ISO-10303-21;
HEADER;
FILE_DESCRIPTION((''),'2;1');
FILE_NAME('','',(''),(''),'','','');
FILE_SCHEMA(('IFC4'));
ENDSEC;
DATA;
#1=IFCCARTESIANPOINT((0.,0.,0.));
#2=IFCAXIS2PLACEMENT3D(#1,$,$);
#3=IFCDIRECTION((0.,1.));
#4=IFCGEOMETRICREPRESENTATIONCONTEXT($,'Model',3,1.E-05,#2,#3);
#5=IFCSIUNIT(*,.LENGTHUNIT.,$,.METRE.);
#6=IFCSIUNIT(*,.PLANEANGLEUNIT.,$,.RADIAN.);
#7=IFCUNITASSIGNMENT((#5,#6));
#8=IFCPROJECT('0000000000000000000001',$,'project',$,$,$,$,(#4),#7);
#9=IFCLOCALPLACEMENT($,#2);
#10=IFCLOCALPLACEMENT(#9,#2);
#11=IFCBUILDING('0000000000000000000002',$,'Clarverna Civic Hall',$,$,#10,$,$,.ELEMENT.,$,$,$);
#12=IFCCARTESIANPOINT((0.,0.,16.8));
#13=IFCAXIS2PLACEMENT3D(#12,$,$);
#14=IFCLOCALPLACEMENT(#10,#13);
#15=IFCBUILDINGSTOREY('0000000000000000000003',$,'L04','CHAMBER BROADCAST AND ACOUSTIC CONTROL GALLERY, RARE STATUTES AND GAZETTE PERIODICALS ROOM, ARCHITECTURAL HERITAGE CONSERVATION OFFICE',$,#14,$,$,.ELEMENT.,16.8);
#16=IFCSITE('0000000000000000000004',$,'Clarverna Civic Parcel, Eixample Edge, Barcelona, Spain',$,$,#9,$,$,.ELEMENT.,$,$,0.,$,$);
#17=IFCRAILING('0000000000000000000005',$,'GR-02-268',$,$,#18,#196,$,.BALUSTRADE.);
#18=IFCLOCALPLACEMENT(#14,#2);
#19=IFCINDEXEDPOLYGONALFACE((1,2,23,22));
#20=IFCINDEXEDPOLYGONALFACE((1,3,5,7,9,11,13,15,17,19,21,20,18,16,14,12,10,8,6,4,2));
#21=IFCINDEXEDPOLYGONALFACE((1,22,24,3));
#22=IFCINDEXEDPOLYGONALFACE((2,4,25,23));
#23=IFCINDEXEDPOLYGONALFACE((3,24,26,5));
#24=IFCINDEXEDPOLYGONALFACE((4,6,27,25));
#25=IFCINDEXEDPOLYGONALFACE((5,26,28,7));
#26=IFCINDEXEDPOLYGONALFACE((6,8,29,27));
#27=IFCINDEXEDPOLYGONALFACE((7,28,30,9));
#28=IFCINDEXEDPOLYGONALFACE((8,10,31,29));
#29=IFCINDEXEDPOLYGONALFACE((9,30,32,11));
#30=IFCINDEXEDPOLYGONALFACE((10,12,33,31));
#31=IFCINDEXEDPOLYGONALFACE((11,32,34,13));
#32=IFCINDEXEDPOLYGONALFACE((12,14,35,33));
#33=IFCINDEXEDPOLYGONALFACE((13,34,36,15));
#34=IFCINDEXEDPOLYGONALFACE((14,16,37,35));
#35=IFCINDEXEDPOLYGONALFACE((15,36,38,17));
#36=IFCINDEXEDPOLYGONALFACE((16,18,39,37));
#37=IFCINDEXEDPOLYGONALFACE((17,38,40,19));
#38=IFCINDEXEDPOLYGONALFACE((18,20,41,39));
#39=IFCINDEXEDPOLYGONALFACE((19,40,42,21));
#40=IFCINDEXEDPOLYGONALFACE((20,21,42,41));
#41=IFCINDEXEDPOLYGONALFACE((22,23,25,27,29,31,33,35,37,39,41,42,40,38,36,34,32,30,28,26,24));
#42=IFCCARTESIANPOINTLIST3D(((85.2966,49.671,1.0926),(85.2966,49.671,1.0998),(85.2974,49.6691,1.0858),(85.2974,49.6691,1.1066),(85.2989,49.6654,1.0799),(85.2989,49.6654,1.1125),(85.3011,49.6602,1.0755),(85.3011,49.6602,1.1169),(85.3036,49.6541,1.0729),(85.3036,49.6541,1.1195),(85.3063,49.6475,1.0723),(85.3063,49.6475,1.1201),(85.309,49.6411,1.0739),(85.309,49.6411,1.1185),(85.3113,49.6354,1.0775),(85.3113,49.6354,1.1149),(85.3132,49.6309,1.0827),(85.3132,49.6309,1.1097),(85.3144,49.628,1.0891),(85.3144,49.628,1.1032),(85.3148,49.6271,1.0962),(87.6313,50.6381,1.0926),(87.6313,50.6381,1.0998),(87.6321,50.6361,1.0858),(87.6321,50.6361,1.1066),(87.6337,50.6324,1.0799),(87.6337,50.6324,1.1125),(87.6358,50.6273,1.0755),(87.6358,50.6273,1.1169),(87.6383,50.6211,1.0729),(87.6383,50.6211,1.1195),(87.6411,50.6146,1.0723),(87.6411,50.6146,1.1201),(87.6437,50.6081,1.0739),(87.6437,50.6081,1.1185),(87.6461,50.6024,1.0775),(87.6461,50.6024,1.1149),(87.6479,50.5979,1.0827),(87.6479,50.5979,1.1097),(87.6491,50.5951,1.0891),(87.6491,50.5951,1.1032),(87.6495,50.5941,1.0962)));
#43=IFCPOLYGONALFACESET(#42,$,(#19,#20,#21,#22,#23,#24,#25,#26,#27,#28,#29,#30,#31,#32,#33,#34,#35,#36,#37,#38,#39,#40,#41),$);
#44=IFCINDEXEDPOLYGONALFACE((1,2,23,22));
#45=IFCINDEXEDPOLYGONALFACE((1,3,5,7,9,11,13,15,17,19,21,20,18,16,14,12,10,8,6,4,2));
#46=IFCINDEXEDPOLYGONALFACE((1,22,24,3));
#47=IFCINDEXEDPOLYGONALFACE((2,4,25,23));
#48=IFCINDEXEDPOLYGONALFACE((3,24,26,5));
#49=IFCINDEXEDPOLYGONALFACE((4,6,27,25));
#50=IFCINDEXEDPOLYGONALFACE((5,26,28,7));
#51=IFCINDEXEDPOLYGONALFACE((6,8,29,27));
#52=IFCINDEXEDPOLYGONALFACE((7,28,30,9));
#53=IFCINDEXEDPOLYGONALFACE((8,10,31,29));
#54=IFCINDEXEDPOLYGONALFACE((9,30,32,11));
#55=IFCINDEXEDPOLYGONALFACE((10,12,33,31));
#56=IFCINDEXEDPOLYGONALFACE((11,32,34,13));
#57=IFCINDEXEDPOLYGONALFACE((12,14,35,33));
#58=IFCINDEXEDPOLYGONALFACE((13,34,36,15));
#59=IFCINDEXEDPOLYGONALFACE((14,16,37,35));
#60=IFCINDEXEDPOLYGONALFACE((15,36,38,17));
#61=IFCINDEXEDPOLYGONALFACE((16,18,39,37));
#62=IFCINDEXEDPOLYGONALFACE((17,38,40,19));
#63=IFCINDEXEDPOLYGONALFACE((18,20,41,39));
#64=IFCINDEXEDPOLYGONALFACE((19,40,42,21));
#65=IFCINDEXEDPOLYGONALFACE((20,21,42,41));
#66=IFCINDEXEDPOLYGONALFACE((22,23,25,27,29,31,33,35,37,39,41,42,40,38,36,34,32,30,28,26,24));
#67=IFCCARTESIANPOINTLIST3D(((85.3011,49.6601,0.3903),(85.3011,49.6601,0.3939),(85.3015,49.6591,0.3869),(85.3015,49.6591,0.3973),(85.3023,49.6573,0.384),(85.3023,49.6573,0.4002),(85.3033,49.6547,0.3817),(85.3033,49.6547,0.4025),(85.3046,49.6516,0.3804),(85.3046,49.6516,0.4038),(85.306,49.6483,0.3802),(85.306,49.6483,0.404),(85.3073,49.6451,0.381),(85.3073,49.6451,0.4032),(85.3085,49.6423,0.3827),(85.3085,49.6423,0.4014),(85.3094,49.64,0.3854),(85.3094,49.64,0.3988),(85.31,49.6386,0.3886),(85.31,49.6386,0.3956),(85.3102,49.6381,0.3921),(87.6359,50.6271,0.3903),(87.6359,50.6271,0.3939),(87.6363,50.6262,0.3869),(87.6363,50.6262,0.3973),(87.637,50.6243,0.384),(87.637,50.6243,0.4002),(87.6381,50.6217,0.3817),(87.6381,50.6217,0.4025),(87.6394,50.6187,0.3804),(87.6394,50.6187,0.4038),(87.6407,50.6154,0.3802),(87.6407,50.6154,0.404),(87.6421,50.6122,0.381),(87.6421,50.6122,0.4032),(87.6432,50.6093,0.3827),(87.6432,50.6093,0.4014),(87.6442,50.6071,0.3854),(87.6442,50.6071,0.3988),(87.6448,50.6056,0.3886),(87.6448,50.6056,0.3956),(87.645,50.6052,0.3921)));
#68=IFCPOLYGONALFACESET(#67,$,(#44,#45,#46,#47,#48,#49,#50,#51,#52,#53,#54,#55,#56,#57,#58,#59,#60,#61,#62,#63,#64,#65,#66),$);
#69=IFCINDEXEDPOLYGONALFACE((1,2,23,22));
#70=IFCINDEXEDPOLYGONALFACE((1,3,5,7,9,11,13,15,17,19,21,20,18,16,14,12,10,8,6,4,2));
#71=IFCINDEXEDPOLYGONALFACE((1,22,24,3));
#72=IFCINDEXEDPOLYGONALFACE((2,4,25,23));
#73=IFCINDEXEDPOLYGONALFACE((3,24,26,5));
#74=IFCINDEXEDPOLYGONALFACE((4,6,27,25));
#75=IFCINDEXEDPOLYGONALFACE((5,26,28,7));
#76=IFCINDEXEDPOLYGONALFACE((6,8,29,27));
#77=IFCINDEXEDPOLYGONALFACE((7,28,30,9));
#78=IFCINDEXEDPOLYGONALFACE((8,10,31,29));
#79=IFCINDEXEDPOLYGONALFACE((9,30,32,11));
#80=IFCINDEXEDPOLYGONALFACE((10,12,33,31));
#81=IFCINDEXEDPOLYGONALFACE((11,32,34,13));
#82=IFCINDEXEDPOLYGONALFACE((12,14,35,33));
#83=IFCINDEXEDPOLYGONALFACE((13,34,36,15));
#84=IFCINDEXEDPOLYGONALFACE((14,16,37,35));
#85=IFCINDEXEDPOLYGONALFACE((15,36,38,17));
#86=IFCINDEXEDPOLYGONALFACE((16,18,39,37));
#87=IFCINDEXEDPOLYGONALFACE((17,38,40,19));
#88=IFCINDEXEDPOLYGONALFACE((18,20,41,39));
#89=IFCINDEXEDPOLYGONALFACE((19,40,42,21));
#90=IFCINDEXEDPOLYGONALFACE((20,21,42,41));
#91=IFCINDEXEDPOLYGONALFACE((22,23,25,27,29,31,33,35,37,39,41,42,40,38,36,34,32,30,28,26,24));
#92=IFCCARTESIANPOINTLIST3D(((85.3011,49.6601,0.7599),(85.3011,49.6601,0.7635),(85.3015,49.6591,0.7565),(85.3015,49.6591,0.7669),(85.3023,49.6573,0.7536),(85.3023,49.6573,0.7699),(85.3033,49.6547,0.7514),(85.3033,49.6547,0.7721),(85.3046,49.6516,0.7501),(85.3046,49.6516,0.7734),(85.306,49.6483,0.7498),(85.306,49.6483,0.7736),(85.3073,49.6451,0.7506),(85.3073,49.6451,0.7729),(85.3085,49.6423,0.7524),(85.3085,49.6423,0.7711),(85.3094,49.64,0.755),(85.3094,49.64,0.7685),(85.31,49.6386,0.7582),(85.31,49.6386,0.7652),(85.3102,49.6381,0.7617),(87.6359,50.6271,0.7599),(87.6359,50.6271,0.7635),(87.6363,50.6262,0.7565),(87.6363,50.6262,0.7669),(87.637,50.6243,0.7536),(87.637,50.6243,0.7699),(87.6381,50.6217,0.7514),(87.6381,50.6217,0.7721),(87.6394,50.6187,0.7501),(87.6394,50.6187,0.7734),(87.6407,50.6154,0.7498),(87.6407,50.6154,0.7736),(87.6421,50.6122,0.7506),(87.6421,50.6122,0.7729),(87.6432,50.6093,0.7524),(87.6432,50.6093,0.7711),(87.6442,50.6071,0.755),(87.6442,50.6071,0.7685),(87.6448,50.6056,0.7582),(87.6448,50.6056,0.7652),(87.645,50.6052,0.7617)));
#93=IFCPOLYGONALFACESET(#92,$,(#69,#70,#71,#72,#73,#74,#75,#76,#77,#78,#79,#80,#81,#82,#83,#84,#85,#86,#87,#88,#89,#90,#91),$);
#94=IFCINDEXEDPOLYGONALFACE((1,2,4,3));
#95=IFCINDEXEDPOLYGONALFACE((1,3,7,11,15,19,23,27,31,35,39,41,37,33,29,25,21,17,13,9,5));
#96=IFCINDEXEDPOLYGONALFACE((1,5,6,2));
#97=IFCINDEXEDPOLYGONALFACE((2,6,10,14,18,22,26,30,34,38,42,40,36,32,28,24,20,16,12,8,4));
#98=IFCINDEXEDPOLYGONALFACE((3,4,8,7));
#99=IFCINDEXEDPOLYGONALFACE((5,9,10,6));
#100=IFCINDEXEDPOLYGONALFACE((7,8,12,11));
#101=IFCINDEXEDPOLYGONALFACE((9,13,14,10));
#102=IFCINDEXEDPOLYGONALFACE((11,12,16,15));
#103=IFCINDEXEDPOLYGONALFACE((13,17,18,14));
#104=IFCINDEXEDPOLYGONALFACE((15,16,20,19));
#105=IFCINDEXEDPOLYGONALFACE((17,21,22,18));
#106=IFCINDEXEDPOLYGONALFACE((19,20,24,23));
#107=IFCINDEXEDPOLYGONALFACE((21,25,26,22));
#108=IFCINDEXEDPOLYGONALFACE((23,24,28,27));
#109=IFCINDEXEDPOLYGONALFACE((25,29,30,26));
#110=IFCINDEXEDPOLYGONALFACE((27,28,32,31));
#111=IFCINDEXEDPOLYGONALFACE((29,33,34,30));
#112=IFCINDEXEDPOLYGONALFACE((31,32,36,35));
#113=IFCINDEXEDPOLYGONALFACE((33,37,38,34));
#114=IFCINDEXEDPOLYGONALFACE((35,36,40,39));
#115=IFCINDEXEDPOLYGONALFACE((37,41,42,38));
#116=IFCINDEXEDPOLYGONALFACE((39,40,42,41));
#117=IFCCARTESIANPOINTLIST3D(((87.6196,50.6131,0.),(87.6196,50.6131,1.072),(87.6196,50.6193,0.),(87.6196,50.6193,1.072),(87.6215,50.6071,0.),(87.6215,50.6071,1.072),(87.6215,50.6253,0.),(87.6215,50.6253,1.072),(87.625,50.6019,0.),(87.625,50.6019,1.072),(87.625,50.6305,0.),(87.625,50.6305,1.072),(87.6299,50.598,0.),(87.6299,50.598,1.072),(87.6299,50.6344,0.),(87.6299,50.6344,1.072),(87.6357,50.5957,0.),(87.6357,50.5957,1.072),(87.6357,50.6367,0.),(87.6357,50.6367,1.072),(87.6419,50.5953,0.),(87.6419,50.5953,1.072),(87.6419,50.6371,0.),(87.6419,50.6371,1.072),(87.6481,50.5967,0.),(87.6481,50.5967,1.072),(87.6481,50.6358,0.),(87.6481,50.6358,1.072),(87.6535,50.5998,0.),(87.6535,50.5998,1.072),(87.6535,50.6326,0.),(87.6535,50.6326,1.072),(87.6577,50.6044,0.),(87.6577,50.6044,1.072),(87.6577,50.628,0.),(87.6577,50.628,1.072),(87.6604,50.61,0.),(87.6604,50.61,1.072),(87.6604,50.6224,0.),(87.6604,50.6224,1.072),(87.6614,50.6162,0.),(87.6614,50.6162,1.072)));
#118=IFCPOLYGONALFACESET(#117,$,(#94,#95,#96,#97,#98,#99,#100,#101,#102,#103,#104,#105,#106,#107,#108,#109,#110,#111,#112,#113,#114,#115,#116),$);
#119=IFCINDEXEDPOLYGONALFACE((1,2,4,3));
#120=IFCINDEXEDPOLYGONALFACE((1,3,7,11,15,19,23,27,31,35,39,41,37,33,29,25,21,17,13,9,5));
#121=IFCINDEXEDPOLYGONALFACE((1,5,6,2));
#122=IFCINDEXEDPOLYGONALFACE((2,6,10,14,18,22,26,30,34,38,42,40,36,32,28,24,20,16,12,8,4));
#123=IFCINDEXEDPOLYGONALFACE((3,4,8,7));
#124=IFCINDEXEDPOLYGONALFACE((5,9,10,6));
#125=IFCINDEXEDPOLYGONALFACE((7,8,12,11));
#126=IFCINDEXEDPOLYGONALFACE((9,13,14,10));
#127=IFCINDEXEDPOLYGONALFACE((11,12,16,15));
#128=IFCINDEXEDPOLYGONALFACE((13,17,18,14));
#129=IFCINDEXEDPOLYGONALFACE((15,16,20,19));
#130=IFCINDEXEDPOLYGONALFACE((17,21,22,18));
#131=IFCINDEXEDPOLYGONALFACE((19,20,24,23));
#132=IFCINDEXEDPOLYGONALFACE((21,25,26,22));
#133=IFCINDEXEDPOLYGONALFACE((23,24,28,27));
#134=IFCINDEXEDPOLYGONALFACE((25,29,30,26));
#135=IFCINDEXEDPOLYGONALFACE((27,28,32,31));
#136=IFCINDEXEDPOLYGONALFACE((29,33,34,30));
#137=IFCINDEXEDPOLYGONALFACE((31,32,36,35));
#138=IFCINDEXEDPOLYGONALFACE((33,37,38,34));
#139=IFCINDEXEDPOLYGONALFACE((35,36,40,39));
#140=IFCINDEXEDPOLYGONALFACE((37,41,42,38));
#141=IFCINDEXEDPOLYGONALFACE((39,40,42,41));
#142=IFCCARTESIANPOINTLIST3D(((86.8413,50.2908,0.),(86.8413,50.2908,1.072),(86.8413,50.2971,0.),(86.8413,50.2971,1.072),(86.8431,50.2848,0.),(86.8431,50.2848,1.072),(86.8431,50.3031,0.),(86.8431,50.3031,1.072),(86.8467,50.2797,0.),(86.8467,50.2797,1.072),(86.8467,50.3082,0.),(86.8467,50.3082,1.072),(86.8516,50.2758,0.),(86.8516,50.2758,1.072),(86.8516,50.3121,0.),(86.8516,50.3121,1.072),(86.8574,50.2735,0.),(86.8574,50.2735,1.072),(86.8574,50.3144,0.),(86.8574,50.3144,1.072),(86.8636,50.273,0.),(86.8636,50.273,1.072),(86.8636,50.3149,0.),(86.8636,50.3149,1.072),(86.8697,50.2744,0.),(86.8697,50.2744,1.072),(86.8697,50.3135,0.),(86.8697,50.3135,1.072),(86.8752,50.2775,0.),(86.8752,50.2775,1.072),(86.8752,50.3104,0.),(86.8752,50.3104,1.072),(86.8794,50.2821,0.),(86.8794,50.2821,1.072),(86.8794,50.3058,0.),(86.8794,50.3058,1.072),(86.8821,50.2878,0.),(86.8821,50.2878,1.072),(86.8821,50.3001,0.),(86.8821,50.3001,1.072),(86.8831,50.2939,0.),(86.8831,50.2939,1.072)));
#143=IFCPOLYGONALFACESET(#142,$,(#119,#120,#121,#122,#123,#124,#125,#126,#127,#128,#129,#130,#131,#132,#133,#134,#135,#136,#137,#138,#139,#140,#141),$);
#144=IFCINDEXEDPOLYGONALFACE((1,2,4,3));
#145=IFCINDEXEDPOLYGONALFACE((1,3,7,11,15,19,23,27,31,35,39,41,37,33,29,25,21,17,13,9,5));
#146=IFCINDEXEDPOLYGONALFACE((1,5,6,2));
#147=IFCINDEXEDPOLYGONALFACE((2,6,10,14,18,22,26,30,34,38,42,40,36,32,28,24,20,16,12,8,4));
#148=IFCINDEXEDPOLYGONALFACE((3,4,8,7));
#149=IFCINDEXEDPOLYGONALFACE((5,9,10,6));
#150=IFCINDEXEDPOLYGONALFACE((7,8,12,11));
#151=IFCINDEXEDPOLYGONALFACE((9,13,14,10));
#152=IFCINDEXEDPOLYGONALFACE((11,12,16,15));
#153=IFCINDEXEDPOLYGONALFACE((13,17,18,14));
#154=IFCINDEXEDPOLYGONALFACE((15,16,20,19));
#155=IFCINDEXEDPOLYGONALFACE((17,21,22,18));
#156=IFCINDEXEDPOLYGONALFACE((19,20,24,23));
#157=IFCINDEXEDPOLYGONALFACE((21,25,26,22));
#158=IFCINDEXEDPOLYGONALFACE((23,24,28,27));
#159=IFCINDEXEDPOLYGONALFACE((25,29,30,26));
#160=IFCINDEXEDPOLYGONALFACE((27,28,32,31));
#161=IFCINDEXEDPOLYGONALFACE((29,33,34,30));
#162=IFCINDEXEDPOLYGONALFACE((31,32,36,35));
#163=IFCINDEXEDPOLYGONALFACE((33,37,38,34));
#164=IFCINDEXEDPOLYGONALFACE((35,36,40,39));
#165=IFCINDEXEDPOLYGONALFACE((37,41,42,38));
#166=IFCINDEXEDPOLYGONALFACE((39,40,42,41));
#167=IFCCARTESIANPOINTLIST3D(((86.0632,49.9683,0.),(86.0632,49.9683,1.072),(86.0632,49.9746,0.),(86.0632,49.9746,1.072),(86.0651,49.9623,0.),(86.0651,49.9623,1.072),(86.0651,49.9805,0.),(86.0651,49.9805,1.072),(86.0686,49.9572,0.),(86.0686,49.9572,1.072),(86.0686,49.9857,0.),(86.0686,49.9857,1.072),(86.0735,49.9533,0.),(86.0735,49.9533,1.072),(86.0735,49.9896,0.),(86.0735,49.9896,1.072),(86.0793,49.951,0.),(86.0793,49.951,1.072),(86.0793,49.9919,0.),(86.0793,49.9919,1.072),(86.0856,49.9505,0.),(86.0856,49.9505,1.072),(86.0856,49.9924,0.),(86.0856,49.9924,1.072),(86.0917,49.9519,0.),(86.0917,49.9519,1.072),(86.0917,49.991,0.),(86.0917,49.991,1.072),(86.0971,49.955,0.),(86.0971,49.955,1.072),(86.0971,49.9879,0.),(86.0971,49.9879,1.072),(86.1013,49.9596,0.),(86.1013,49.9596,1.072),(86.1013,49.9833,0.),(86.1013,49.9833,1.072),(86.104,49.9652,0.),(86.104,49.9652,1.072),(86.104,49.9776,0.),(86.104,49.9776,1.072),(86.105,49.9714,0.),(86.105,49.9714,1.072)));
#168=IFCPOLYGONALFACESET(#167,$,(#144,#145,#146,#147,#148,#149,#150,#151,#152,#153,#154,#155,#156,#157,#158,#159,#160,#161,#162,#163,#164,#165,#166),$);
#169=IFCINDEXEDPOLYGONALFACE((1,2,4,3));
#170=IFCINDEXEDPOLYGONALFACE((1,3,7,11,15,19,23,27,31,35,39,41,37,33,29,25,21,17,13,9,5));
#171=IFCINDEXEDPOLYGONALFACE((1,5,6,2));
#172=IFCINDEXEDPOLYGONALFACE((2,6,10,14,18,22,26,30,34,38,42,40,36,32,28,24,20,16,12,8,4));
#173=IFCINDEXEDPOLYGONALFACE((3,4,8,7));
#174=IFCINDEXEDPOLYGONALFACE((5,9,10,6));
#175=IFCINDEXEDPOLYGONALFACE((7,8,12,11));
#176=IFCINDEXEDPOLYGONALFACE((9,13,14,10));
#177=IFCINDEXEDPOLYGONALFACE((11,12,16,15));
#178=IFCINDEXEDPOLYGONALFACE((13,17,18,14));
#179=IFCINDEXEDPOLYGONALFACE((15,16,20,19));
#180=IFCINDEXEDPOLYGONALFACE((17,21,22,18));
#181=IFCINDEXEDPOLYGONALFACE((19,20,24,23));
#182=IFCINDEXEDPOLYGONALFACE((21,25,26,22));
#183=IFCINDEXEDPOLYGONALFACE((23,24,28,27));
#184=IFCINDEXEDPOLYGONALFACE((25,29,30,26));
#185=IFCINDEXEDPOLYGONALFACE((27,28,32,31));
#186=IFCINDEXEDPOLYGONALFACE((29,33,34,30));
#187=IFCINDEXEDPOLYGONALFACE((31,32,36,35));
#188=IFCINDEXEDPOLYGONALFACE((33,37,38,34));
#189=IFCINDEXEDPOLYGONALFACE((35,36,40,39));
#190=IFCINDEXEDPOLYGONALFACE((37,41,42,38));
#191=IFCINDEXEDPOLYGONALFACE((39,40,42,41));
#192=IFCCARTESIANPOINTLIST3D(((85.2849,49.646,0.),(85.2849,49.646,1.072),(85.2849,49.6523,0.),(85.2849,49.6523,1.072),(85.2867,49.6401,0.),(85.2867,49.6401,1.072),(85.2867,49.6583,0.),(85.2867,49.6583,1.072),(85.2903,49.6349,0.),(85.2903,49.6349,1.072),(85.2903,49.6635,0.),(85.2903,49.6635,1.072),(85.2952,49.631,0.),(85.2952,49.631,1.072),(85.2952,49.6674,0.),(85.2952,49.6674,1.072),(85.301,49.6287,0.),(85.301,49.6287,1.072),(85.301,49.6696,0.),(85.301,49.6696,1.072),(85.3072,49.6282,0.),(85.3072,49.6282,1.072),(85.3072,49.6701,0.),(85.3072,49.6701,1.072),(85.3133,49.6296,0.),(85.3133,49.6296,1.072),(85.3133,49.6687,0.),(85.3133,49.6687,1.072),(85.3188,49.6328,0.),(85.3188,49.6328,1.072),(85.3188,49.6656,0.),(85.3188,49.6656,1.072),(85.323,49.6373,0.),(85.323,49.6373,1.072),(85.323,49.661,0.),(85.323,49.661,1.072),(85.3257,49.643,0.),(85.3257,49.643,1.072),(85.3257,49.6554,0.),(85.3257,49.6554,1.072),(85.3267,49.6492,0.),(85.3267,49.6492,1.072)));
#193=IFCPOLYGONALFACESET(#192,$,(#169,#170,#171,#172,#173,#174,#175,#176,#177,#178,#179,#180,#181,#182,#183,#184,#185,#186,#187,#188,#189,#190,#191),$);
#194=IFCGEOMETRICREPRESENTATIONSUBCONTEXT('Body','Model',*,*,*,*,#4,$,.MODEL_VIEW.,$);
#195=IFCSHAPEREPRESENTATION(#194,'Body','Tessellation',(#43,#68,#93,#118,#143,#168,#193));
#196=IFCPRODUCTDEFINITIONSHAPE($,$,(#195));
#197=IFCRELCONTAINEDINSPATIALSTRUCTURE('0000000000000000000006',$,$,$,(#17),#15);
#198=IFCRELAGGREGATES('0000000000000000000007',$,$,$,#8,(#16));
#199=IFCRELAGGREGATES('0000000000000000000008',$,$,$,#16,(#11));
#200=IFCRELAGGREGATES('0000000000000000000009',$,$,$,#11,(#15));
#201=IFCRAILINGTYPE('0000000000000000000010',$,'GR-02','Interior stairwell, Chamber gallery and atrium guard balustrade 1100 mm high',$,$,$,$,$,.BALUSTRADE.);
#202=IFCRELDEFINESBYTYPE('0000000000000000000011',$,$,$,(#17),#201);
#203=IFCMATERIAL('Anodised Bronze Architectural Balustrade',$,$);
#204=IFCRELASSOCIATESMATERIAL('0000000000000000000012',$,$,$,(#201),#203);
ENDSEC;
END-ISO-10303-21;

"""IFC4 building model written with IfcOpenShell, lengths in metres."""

from ifc_helpers import new_model, si_unit, direction, frame, origin, origin_2d, place, context, subcontext, project, spatial, circle, extrude, material, type_object, element, save


model = new_model("IFC4")

# Units and contexts
model_context = context("Model", 3, precision=1e-05, world=origin(), true_north=direction((0.0, 1.0)))
body_context = subcontext(model_context, "Body", "Model", "MODEL_VIEW")
ifc_project = project(units=[si_unit("LENGTHUNIT", "METRE"), si_unit("PLANEANGLEUNIT", "RADIAN")], contexts=[model_context])

# Site, building, storey
site_placement = place(None, origin())
site = spatial("IfcSite", under=ifc_project, at=site_placement, Name="Clarverna Civic Parcel, Eixample Edge, Barcelona, Spain", CompositionType="ELEMENT", RefElevation=0.0)
building_placement = place(site_placement, origin())
building = spatial("IfcBuilding", under=site, at=building_placement, Name="Clarverna Civic Hall", CompositionType="ELEMENT")
storey_placement = place(building_placement, frame((0.0, 0.0, 16.8)))
storey = spatial("IfcBuildingStorey", under=building, at=storey_placement, Name="L04", Description="CHAMBER BROADCAST AND ACOUSTIC CONTROL GALLERY, RARE STATUTES AND GAZETTE PERIODICALS ROOM, ARCHITECTURAL HERITAGE CONSERVATION OFFICE", CompositionType="ELEMENT", Elevation=16.8)

# Railing
ifc_material_1 = material(Name="Anodised Bronze Architectural Balustrade")
railing_type = type_object("IfcRailingType", Name="GR-02", Description="Interior stairwell, Chamber gallery and atrium guard balustrade 1100 mm high", PredefinedType="BALUSTRADE", material=ifc_material_1)
railing_1_placement = place(storey_placement, frame((87.6404, 50.6162, 0.0)))
element("IfcRailing", 1, at=railing_1_placement, inside=storey, type_object=railing_type, Name="GR-02-268", PredefinedType="BALUSTRADE", context=body_context, shape_type="SweptSolid", body=[
    extrude(circle(Radius=0.0239, at=origin_2d()), frame((0.0, 0.0, 1.0962), z_axis=(-0.923884, -0.382673, 0.0), x_axis=(0.382673, -0.923884, 0.0)), (0.0, 0.0, 1.0), 2.5271),
    extrude(circle(Radius=0.012, at=origin_2d()), frame((0.0, 0.0, 0.3921), z_axis=(-0.923884, -0.382673, 0.0), x_axis=(0.382673, -0.923884, 0.0)), (0.0, 0.0, 1.0), 2.5271),
    extrude(circle(Radius=0.012, at=origin_2d()), frame((0.0, 0.0, 0.7617), z_axis=(-0.923884, -0.382673, 0.0), x_axis=(0.382673, -0.923884, 0.0)), (0.0, 0.0, 1.0), 2.5271),
    extrude(circle(Radius=0.021, at=origin_2d()), origin(), (0.0, 0.0, 1.0), 1.072),
    extrude(circle(Radius=0.021, at=origin_2d()), frame((-0.7783, -0.3223, 0.0)), (0.0, 0.0, 1.0), 1.072),
    extrude(circle(Radius=0.021, at=origin_2d()), frame((-1.5564, -0.6448, 0.0)), (0.0, 0.0, 1.0), 1.072),
    extrude(circle(Radius=0.021, at=origin_2d()), frame((-2.3347, -0.967, 0.0)), (0.0, 0.0, 1.0), 1.072),
])

save(model, "model.ifc")
